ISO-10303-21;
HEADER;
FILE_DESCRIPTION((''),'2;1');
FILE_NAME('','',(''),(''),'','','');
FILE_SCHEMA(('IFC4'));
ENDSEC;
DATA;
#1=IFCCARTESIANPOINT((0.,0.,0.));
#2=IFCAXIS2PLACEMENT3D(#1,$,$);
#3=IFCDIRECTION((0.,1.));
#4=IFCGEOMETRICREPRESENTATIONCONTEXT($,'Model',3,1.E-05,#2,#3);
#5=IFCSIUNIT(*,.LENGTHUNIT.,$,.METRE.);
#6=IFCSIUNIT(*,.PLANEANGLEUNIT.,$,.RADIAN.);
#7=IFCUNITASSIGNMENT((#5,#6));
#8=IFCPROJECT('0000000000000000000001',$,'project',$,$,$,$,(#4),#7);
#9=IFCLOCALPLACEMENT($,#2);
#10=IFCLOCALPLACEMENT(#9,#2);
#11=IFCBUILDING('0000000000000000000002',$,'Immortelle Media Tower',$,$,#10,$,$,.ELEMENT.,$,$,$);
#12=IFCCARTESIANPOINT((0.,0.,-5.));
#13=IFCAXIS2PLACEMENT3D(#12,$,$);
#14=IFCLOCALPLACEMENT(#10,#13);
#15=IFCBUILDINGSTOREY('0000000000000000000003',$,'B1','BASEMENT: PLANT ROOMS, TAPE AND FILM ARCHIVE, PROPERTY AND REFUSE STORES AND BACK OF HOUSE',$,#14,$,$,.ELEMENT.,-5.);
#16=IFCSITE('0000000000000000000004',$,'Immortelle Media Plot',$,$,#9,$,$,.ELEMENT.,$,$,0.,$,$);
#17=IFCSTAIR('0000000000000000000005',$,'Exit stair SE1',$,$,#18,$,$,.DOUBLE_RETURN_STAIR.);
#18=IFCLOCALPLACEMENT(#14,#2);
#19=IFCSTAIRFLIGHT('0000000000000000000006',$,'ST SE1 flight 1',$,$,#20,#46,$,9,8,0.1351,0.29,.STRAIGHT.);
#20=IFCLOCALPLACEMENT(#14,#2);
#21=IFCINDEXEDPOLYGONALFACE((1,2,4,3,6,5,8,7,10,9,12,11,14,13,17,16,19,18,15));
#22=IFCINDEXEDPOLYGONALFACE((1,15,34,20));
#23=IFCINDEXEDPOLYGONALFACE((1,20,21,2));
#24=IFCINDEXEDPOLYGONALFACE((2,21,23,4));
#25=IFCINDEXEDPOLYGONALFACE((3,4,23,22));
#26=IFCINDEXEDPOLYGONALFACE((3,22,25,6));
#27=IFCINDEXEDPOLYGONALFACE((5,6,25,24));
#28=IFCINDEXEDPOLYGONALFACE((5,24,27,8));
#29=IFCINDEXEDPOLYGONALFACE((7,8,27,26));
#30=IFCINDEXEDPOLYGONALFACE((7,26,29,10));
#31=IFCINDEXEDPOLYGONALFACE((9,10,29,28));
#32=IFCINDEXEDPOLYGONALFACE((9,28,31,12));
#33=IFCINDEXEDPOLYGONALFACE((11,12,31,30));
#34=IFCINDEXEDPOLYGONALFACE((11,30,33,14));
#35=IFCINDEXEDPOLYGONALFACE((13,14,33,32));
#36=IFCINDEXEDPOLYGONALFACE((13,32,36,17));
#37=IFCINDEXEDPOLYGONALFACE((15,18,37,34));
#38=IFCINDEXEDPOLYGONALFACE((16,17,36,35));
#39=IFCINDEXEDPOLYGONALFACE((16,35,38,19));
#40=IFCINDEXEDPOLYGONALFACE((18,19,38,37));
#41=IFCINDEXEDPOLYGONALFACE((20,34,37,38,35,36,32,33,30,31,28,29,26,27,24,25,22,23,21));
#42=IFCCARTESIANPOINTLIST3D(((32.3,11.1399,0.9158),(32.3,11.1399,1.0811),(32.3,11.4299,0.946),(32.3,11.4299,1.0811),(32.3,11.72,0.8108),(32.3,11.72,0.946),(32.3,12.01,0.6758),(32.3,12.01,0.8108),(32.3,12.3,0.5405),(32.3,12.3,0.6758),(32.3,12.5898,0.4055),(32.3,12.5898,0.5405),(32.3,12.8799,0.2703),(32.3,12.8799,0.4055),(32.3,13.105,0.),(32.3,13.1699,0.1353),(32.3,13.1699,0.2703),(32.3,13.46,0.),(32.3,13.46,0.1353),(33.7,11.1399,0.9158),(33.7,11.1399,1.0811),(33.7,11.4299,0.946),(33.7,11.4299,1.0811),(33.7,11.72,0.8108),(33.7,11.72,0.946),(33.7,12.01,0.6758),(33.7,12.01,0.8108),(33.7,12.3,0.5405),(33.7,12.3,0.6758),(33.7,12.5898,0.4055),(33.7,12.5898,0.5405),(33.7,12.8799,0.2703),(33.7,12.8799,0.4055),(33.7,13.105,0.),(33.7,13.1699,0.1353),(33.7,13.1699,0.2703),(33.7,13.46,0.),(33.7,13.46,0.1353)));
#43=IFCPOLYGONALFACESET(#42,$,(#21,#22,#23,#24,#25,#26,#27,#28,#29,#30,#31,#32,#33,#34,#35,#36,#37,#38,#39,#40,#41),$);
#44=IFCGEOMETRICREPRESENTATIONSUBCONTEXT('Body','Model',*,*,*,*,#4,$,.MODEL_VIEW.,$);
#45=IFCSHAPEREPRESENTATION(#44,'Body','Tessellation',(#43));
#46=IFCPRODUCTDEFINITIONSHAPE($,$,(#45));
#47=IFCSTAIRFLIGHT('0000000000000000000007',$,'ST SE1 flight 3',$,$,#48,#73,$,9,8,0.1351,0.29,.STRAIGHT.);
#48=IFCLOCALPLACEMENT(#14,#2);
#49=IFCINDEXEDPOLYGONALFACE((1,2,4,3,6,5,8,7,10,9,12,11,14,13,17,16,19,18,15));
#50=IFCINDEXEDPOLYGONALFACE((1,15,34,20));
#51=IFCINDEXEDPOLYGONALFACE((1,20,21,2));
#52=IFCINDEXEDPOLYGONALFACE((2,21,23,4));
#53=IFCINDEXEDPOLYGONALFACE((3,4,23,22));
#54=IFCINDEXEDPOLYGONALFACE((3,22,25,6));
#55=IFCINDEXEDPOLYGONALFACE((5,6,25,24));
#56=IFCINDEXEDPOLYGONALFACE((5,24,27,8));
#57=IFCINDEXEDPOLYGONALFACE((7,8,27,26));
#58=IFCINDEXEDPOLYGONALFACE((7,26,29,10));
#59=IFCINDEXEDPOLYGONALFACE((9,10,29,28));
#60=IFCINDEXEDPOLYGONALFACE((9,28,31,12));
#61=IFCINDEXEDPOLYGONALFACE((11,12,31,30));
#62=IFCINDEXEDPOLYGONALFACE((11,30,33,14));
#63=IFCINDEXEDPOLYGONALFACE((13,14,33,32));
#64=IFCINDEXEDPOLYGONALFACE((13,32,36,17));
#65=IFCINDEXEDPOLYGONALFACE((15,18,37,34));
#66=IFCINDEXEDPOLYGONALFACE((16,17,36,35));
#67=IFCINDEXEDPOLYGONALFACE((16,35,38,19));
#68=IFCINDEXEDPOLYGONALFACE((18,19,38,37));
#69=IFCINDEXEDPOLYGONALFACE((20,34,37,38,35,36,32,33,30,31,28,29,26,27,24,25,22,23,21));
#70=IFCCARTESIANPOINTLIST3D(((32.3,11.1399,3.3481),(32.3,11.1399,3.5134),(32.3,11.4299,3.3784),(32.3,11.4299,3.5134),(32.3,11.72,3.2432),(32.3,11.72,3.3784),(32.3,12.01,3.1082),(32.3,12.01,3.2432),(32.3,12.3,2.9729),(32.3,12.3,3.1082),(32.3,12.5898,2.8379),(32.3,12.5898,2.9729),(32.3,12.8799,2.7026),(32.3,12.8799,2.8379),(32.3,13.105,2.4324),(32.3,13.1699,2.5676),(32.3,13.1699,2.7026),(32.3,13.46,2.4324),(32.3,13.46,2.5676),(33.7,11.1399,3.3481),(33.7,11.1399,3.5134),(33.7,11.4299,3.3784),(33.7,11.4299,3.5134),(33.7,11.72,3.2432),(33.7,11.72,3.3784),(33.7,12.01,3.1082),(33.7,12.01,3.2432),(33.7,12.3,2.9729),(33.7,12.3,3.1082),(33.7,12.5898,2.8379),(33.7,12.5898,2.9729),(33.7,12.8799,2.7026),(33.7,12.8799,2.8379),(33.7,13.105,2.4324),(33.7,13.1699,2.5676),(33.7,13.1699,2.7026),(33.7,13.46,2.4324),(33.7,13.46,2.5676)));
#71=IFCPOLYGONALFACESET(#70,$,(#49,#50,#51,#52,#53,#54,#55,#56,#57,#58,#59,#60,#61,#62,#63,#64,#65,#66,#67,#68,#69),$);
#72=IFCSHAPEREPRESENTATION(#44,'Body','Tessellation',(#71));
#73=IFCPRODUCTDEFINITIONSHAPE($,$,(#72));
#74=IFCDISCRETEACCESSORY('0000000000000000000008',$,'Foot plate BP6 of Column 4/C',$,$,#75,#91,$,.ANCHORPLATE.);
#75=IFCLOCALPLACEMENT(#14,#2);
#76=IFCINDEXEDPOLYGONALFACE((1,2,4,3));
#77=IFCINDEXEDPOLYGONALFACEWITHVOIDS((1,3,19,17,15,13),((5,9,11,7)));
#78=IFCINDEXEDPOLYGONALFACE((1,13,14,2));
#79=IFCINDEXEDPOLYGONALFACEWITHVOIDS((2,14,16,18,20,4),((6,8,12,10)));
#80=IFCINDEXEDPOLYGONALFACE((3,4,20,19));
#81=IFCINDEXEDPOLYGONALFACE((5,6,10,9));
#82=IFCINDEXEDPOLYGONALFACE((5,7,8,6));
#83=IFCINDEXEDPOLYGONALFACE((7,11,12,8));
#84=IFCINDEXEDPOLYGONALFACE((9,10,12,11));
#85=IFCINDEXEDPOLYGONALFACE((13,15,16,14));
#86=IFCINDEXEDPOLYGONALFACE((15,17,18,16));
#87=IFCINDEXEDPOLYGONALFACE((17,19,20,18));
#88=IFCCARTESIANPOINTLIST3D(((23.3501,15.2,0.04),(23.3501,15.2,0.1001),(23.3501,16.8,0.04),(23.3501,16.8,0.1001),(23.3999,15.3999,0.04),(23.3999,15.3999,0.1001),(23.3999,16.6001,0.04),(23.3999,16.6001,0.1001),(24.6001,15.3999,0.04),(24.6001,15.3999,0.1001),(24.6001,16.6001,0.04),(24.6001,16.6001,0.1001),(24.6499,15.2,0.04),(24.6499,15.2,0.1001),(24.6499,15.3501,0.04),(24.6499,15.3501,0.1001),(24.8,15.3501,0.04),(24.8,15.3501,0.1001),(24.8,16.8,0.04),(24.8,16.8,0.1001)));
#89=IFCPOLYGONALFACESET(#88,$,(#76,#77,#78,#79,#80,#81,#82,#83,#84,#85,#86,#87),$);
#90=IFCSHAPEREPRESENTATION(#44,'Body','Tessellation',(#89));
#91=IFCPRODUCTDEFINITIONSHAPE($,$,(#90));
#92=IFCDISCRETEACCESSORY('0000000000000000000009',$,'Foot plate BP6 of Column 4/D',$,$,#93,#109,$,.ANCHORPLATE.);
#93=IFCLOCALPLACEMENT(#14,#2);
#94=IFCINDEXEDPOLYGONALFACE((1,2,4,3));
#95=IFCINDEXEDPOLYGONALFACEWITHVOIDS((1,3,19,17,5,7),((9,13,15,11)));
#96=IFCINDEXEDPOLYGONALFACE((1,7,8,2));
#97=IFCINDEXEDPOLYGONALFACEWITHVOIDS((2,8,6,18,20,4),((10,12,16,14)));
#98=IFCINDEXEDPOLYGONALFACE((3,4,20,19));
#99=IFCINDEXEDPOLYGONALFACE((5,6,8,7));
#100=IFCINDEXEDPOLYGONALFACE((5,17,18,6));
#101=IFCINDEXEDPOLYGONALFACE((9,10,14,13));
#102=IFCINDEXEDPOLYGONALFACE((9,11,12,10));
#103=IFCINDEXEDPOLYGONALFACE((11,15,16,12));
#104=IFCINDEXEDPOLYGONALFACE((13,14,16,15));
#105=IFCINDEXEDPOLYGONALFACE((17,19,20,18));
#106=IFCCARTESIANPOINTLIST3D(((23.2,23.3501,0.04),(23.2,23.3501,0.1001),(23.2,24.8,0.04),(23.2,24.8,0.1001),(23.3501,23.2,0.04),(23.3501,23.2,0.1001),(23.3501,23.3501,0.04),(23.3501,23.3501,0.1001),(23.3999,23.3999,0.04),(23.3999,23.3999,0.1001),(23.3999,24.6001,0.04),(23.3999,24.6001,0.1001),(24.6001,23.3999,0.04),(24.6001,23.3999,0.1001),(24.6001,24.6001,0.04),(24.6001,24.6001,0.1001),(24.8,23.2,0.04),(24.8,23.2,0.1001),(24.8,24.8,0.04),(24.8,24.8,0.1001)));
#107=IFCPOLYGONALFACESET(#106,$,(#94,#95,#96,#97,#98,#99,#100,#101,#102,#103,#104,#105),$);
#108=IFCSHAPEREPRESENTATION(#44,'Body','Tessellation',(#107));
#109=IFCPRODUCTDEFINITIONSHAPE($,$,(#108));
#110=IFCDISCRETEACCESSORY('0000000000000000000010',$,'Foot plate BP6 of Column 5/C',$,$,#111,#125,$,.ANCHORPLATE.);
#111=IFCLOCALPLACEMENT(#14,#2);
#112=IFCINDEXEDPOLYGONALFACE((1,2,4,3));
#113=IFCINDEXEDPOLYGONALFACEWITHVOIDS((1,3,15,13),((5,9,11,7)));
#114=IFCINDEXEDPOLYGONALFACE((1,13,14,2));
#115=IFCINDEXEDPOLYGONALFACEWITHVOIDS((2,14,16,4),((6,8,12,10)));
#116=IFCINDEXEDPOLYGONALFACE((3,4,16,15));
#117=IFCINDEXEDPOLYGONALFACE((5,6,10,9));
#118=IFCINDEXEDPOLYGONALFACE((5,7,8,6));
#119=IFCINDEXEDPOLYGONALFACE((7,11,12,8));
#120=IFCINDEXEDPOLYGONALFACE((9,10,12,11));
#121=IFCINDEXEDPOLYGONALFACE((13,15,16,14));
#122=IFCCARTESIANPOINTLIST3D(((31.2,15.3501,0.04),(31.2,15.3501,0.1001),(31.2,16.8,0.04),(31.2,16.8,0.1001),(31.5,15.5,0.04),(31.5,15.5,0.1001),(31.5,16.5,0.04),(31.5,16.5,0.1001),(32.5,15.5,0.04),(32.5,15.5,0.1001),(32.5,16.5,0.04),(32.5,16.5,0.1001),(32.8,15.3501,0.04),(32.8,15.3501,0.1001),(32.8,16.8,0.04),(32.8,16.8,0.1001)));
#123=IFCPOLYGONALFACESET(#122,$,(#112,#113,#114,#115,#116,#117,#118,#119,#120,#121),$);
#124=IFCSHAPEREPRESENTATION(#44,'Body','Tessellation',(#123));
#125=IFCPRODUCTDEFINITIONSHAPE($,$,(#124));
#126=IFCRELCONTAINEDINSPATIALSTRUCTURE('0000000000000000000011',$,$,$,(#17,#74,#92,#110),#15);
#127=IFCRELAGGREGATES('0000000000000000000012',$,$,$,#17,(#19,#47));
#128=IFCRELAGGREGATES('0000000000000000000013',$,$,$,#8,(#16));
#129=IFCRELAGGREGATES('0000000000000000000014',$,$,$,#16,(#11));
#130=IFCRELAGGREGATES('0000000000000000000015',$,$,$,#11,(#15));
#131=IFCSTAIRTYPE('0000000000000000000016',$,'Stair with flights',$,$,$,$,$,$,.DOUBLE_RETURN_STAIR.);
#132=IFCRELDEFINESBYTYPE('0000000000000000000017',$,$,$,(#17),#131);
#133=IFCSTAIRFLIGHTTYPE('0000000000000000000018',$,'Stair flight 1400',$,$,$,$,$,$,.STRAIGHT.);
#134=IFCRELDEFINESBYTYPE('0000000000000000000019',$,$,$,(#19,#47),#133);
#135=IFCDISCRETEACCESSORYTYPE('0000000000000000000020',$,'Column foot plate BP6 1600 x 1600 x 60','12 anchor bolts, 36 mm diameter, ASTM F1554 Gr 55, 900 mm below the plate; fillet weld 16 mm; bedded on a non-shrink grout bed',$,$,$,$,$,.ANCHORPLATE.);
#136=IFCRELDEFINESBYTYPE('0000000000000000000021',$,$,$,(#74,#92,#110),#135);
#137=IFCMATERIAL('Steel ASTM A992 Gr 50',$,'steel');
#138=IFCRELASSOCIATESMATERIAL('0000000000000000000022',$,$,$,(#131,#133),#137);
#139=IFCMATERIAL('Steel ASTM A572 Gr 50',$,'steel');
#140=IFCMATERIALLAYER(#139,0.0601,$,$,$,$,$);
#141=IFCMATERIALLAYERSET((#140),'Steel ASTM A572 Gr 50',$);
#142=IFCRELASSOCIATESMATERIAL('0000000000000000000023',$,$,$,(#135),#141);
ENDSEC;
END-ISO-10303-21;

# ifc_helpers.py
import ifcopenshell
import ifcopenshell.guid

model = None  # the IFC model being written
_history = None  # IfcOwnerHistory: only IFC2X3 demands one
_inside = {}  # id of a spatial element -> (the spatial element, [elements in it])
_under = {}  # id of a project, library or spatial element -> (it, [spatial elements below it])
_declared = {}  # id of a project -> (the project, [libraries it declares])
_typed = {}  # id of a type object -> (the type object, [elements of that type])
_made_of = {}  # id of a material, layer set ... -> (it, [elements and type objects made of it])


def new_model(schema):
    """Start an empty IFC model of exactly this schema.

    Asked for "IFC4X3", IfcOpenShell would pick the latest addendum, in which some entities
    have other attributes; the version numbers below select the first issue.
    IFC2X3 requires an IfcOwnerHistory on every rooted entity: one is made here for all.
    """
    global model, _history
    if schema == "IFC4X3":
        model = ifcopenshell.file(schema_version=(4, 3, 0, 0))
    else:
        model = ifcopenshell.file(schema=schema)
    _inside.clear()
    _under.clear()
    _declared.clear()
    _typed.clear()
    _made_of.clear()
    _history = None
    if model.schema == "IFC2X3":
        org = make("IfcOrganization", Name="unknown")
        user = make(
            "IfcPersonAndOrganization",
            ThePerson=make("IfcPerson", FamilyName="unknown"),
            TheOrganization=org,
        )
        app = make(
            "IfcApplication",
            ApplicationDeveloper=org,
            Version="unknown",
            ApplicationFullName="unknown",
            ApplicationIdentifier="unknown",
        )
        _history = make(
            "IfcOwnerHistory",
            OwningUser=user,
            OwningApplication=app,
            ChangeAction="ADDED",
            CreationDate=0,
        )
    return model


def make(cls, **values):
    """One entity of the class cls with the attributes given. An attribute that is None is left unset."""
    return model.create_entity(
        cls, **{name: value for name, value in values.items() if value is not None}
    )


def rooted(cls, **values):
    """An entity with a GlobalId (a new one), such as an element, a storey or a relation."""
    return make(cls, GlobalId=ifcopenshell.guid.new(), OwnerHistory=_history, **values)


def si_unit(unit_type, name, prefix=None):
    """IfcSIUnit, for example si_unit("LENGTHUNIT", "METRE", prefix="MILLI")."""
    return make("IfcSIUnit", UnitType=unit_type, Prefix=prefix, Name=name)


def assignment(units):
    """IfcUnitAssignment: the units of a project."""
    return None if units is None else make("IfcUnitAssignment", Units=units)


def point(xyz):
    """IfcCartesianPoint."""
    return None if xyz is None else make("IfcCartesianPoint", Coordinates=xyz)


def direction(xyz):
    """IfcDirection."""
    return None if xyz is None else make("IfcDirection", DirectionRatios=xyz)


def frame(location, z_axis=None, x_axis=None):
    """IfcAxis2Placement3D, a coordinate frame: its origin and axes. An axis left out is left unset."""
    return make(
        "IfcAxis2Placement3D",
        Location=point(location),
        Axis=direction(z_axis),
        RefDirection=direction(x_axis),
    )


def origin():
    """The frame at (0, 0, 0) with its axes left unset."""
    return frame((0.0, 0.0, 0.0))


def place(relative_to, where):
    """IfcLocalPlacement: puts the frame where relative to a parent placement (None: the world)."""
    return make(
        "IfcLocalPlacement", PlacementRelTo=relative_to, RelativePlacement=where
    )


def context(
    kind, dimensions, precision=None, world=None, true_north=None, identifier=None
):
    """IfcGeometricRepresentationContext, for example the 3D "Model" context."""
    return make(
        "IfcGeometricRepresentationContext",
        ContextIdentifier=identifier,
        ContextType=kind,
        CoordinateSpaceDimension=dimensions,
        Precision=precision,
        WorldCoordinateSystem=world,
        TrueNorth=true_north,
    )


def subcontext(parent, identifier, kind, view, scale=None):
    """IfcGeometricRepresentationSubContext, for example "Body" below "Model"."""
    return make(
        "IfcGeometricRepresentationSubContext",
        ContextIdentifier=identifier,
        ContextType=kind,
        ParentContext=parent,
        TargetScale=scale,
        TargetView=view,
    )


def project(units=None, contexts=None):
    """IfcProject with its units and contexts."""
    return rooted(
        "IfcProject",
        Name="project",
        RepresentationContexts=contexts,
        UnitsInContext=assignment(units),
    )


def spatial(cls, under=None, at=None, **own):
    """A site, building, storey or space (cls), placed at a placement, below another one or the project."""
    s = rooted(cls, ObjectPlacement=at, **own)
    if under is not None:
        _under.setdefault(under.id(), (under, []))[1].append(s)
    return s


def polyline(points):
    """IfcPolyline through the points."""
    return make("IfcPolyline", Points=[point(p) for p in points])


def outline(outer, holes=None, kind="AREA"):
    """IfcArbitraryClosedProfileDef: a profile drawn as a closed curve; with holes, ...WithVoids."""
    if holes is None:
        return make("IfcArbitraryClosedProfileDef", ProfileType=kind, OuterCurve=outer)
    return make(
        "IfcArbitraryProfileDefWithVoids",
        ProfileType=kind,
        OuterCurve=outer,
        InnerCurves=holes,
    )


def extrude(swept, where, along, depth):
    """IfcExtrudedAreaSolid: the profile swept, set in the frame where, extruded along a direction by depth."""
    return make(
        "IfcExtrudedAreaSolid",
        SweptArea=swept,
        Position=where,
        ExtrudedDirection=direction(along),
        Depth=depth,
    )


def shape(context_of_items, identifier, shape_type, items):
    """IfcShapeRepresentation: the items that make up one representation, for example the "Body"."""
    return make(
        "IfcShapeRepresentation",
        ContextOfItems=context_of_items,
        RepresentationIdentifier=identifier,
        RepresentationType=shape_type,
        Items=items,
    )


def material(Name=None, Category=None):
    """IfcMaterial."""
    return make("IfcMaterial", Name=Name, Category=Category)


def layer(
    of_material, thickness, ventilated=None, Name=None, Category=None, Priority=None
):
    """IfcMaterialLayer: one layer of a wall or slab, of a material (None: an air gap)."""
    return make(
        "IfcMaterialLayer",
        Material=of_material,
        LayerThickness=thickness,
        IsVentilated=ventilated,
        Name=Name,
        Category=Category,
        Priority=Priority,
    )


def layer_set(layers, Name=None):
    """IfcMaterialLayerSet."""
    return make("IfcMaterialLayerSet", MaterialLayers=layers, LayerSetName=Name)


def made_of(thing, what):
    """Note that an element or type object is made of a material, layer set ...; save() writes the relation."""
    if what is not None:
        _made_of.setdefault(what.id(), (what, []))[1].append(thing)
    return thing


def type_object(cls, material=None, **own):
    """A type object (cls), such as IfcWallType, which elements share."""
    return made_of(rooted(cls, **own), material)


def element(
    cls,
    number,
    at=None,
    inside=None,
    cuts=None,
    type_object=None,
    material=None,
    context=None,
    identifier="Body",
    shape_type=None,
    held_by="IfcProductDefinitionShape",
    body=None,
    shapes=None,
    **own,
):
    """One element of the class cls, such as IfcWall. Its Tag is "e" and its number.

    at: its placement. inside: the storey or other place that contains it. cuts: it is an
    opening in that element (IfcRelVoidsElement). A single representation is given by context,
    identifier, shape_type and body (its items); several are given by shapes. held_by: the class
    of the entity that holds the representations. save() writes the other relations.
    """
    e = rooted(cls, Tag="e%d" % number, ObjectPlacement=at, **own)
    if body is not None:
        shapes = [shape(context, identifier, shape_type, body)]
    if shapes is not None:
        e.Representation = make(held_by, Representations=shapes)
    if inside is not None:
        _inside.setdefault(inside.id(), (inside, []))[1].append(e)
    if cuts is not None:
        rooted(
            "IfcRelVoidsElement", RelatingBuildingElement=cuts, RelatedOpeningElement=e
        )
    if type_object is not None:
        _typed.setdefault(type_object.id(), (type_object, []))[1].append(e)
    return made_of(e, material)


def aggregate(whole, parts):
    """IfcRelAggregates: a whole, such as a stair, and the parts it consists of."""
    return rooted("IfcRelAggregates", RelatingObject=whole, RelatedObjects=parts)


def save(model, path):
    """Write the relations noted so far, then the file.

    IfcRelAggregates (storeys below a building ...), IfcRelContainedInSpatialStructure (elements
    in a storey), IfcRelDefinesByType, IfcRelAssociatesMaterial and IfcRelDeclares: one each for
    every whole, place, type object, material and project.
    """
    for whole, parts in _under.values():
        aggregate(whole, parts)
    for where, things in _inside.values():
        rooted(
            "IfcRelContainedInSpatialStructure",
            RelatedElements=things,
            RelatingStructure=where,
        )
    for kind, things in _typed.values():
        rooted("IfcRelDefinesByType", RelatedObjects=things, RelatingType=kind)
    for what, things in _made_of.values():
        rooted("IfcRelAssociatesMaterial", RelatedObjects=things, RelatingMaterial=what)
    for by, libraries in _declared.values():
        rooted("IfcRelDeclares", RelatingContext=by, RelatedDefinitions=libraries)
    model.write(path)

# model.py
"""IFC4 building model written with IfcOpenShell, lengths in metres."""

from ifc_helpers import new_model, si_unit, direction, frame, origin, place, context, subcontext, project, spatial, polyline, outline, extrude, material, layer, layer_set, type_object, element, aggregate, save


model = new_model("IFC4")

# Units and contexts
model_context = context("Model", 3, precision=1e-05, world=origin(), true_north=direction((0.0, 1.0)))
body_context = subcontext(model_context, "Body", "Model", "MODEL_VIEW")
ifc_project = project(units=[si_unit("LENGTHUNIT", "METRE"), si_unit("PLANEANGLEUNIT", "RADIAN")], contexts=[model_context])

# Site, building, storey
site_placement = place(None, origin())
site = spatial("IfcSite", under=ifc_project, at=site_placement, Name="Immortelle Media Plot", CompositionType="ELEMENT", RefElevation=0.0)
building_placement = place(site_placement, origin())
building = spatial("IfcBuilding", under=site, at=building_placement, Name="Immortelle Media Tower", CompositionType="ELEMENT")
storey_placement = place(building_placement, frame((0.0, 0.0, -5.0)))
storey = spatial("IfcBuildingStorey", under=building, at=storey_placement, Name="B1", Description="BASEMENT: PLANT ROOMS, TAPE AND FILM ARCHIVE, PROPERTY AND REFUSE STORES AND BACK OF HOUSE", CompositionType="ELEMENT", Elevation=-5.0)

# Shared definitions
ifc_material_1 = material(Name="Steel ASTM A572 Gr 50", Category="steel")

# Stair, stair flights
ifc_material_2 = material(Name="Steel ASTM A992 Gr 50", Category="steel")
stair_type = type_object("IfcStairType", Name="Stair with flights", PredefinedType="DOUBLE_RETURN_STAIR", material=ifc_material_2)
stair_placement = place(storey_placement, origin())
stair = element("IfcStair", 1, at=stair_placement, inside=storey, type_object=stair_type, Name="Exit stair SE1", PredefinedType="DOUBLE_RETURN_STAIR")
stair_flight_type = type_object("IfcStairFlightType", Name="Stair flight 1400", PredefinedType="STRAIGHT", material=ifc_material_2)
stair_flight_1_placement = place(storey_placement, frame((33.0, 13.46, 0.0), z_axis=(0.0, 0.0, 1.0), x_axis=(0.0, -1.0, 0.0)))
stair_flight_1 = element("IfcStairFlight", 2, at=stair_flight_1_placement, type_object=stair_flight_type, Name="ST SE1 flight 1", NumberOfRisers=9, NumberOfTreads=8, PredefinedType="STRAIGHT", RiserHeight=0.1351, TreadLength=0.29, context=body_context, shape_type="SweptSolid", body=[
    extrude(outline(polyline([(0.0, 0.0), (0.0, 0.1353), (0.29, 0.1353), (0.29, 0.2703), (0.5801, 0.2703), (0.5801, 0.4055), (0.8701, 0.4055), (0.8701, 0.5405), (1.1599, 0.5405), (1.1599, 0.6758), (1.45, 0.6758), (1.45, 0.8108), (1.74, 0.8108), (1.74, 0.946), (2.03, 0.946), (2.03, 1.0811), (2.3201, 1.0811), (2.3201, 1.2163), (2.3201, 0.9158), (0.355, 0.0), (0.0, 0.0)])), frame((0.0, 0.7, 0.0), z_axis=(0.0, -1.0, 0.0), x_axis=(1.0, 0.0, 0.0)), (0.0, 0.0, 1.0), 1.3999),
])
stair_flight_2_placement = place(storey_placement, frame((33.0, 13.46, 2.4324), z_axis=(0.0, 0.0, 1.0), x_axis=(0.0, -1.0, 0.0)))
stair_flight_2 = element("IfcStairFlight", 3, at=stair_flight_2_placement, type_object=stair_flight_type, Name="ST SE1 flight 3", NumberOfRisers=9, NumberOfTreads=8, PredefinedType="STRAIGHT", RiserHeight=0.1351, TreadLength=0.29, context=body_context, shape_type="SweptSolid", body=[
    extrude(outline(polyline([(0.0, 0.0), (0.0, 0.1353), (0.29, 0.1353), (0.29, 0.2703), (0.5801, 0.2703), (0.5801, 0.4055), (0.8701, 0.4055), (0.8701, 0.5405), (1.1599, 0.5405), (1.1599, 0.6758), (1.45, 0.6758), (1.45, 0.8108), (1.74, 0.8108), (1.74, 0.946), (2.03, 0.946), (2.03, 1.0811), (2.3201, 1.0811), (2.3201, 1.2163), (2.3201, 0.9158), (0.355, 0.0), (0.0, 0.0)])), frame((0.0, 0.7, 0.0), z_axis=(0.0, -1.0, 0.0), x_axis=(1.0, 0.0, 0.0)), (0.0, 0.0, 1.0), 1.3999),
])
aggregate(stair, [stair_flight_1, stair_flight_2])

# Discrete accessories
ifc_layer_1 = layer(ifc_material_1, 0.0601)
ifc_layer_set_1 = layer_set([ifc_layer_1], Name="Steel ASTM A572 Gr 50")
discrete_accessory_type = type_object("IfcDiscreteAccessoryType", Name="Column foot plate BP6 1600 x 1600 x 60", Description="12 anchor bolts, 36 mm diameter, ASTM F1554 Gr 55, 900 mm below the plate; fillet weld 16 mm; bedded on a non-shrink grout bed", PredefinedType="ANCHORPLATE", material=ifc_layer_set_1)
discrete_accessory_1_placement = place(storey_placement, frame((24.0, 16.0, 0.04), z_axis=(0.0, 0.0, 1.0), x_axis=(1.0, 0.0, 0.0)))
element("IfcDiscreteAccessory", 4, at=discrete_accessory_1_placement, inside=storey, type_object=discrete_accessory_type, Name="Foot plate BP6 of Column 4/C", PredefinedType="ANCHORPLATE", context=body_context, shape_type="SweptSolid", body=[
    extrude(outline(polyline([(0.8, -0.6499), (0.8, 0.8), (-0.6499, 0.8), (-0.6499, -0.8), (0.6499, -0.8), (0.6499, -0.6499), (0.8, -0.6499)]), holes=[polyline([(0.6001, 0.6001), (0.6001, -0.6001), (-0.6001, -0.6001), (-0.6001, 0.6001), (0.6001, 0.6001)])]), origin(), (0.0, 0.0, 1.0), 0.0601),
])
discrete_accessory_2_placement = place(storey_placement, frame((24.0, 24.0, 0.04), z_axis=(0.0, 0.0, 1.0), x_axis=(1.0, 0.0, 0.0)))
element("IfcDiscreteAccessory", 5, at=discrete_accessory_2_placement, inside=storey, type_object=discrete_accessory_type, Name="Foot plate BP6 of Column 4/D", PredefinedType="ANCHORPLATE", context=body_context, shape_type="SweptSolid", body=[
    extrude(outline(polyline([(0.8, 0.8), (-0.8, 0.8), (-0.8, -0.6499), (-0.6499, -0.6499), (-0.6499, -0.8), (0.8, -0.8), (0.8, 0.8)]), holes=[polyline([(0.6001, 0.6001), (0.6001, -0.6001), (-0.6001, -0.6001), (-0.6001, 0.6001), (0.6001, 0.6001)])]), origin(), (0.0, 0.0, 1.0), 0.0601),
])
discrete_accessory_3_placement = place(storey_placement, frame((32.0, 16.0, 0.04), z_axis=(0.0, 0.0, 1.0), x_axis=(1.0, 0.0, 0.0)))
element("IfcDiscreteAccessory", 6, at=discrete_accessory_3_placement, inside=storey, type_object=discrete_accessory_type, Name="Foot plate BP6 of Column 5/C", PredefinedType="ANCHORPLATE", context=body_context, shape_type="SweptSolid", body=[
    extrude(outline(polyline([(0.8, 0.8), (-0.8, 0.8), (-0.8, -0.6499), (0.8, -0.6499), (0.8, 0.8)]), holes=[polyline([(0.5, 0.5), (0.5, -0.5), (-0.5, -0.5), (-0.5, 0.5), (0.5, 0.5)])]), origin(), (0.0, 0.0, 1.0), 0.0601),
])

save(model, "model.ifc")
